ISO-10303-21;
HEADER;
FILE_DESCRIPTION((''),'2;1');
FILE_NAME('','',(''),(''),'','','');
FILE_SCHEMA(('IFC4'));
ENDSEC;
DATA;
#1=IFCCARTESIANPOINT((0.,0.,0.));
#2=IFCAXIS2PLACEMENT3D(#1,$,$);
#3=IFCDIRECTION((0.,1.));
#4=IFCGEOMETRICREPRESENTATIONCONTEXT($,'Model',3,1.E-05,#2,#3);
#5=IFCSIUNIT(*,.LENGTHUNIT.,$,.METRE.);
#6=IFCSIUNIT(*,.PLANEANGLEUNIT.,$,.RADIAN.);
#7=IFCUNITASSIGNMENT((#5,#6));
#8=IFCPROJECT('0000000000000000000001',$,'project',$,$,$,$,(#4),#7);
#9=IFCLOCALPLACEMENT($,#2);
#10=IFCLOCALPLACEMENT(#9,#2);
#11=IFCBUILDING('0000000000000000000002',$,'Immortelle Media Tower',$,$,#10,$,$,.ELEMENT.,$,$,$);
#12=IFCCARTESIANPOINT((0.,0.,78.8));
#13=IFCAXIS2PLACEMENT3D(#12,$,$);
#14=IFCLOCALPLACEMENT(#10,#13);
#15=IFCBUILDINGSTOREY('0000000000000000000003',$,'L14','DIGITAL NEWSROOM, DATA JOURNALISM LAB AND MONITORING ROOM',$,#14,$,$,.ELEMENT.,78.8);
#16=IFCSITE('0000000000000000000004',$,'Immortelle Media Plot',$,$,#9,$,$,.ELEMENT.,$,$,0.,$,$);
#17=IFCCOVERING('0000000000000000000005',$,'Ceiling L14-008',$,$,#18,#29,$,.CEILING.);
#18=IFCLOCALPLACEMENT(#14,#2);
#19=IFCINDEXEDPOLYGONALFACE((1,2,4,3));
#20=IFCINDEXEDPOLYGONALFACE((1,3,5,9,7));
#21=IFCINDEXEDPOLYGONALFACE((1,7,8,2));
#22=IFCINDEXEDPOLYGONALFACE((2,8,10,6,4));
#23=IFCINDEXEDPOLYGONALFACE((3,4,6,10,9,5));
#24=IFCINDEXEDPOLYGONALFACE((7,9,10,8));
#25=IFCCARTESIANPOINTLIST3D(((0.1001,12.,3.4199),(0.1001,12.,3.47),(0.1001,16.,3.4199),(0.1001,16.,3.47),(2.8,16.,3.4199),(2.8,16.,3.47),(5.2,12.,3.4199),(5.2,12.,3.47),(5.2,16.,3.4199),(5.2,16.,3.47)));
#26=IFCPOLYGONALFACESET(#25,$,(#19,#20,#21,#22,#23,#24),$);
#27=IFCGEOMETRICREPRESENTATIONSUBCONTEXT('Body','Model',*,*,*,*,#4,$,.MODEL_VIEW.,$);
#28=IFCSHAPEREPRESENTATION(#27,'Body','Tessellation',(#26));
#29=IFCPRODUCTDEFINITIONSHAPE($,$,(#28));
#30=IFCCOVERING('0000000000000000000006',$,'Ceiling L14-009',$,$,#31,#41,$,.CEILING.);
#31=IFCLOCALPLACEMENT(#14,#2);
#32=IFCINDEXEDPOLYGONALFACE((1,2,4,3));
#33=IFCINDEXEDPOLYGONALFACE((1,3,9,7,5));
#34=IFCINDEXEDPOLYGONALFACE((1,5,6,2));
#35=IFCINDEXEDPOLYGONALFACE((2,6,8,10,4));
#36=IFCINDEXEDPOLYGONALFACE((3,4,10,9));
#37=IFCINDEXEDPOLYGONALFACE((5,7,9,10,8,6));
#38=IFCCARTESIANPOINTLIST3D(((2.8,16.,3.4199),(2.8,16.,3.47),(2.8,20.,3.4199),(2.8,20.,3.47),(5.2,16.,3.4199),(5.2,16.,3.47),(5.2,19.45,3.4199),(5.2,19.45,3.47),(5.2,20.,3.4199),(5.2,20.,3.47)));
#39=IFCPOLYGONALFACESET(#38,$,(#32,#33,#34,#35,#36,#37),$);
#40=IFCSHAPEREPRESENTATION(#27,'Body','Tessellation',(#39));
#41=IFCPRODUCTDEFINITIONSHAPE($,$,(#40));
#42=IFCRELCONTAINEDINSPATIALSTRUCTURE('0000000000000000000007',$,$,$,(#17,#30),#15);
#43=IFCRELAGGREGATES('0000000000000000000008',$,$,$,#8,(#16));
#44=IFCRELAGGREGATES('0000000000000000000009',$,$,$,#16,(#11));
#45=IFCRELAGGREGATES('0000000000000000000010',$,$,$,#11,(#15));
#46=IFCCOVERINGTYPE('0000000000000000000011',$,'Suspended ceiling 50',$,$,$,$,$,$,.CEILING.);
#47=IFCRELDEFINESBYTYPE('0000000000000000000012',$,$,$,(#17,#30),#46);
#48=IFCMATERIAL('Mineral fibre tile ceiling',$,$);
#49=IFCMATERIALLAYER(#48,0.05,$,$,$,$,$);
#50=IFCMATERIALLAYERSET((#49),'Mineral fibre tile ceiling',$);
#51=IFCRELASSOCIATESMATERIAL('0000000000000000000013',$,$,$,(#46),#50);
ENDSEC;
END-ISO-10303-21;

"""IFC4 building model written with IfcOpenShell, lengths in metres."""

from ifc_helpers import new_model, si_unit, direction, frame, origin, place, context, subcontext, project, spatial, polyline, outline, extrude, material, layer, layer_set, type_object, element, save


model = new_model("IFC4")

# Units and contexts
model_context = context("Model", 3, precision=1e-05, world=origin(), true_north=direction((0.0, 1.0)))
body_context = subcontext(model_context, "Body", "Model", "MODEL_VIEW")
ifc_project = project(units=[si_unit("LENGTHUNIT", "METRE"), si_unit("PLANEANGLEUNIT", "RADIAN")], contexts=[model_context])

# Site, building, storey
site_placement = place(None, origin())
site = spatial("IfcSite", under=ifc_project, at=site_placement, Name="Immortelle Media Plot", CompositionType="ELEMENT", RefElevation=0.0)
building_placement = place(site_placement, origin())
building = spatial("IfcBuilding", under=site, at=building_placement, Name="Immortelle Media Tower", CompositionType="ELEMENT")
storey_placement = place(building_placement, frame((0.0, 0.0, 78.8)))
storey = spatial("IfcBuildingStorey", under=building, at=storey_placement, Name="L14", Description="DIGITAL NEWSROOM, DATA JOURNALISM LAB AND MONITORING ROOM", CompositionType="ELEMENT", Elevation=78.8)

# Coverings
ifc_material_1 = material(Name="Mineral fibre tile ceiling")
ifc_layer_1 = layer(ifc_material_1, 0.05)
ifc_layer_set_1 = layer_set([ifc_layer_1], Name="Mineral fibre tile ceiling")
covering_type = type_object("IfcCoveringType", Name="Suspended ceiling 50", PredefinedType="CEILING", material=ifc_layer_set_1)
covering_1_placement = place(storey_placement, frame((0.0, 0.0, 3.4199)))
element("IfcCovering", 1, at=covering_1_placement, inside=storey, type_object=covering_type, Name="Ceiling L14-008", PredefinedType="CEILING", context=body_context, shape_type="SweptSolid", body=[
    extrude(outline(polyline([(0.1001, 16.0), (2.8, 16.0), (5.2, 16.0), (5.2, 12.0), (0.1001, 12.0), (0.1001, 16.0)])), origin(), (0.0, 0.0, 1.0), 0.05),
])
covering_2_placement = place(storey_placement, frame((0.0, 0.0, 3.4199)))
element("IfcCovering", 2, at=covering_2_placement, inside=storey, type_object=covering_type, Name="Ceiling L14-009", PredefinedType="CEILING", context=body_context, shape_type="SweptSolid", body=[
    extrude(outline(polyline([(5.2, 16.0), (2.8, 16.0), (2.8, 20.0), (5.2, 20.0), (5.2, 19.45), (5.2, 16.0)])), origin(), (0.0, 0.0, 1.0), 0.05),
])

save(model, "model.ifc")
